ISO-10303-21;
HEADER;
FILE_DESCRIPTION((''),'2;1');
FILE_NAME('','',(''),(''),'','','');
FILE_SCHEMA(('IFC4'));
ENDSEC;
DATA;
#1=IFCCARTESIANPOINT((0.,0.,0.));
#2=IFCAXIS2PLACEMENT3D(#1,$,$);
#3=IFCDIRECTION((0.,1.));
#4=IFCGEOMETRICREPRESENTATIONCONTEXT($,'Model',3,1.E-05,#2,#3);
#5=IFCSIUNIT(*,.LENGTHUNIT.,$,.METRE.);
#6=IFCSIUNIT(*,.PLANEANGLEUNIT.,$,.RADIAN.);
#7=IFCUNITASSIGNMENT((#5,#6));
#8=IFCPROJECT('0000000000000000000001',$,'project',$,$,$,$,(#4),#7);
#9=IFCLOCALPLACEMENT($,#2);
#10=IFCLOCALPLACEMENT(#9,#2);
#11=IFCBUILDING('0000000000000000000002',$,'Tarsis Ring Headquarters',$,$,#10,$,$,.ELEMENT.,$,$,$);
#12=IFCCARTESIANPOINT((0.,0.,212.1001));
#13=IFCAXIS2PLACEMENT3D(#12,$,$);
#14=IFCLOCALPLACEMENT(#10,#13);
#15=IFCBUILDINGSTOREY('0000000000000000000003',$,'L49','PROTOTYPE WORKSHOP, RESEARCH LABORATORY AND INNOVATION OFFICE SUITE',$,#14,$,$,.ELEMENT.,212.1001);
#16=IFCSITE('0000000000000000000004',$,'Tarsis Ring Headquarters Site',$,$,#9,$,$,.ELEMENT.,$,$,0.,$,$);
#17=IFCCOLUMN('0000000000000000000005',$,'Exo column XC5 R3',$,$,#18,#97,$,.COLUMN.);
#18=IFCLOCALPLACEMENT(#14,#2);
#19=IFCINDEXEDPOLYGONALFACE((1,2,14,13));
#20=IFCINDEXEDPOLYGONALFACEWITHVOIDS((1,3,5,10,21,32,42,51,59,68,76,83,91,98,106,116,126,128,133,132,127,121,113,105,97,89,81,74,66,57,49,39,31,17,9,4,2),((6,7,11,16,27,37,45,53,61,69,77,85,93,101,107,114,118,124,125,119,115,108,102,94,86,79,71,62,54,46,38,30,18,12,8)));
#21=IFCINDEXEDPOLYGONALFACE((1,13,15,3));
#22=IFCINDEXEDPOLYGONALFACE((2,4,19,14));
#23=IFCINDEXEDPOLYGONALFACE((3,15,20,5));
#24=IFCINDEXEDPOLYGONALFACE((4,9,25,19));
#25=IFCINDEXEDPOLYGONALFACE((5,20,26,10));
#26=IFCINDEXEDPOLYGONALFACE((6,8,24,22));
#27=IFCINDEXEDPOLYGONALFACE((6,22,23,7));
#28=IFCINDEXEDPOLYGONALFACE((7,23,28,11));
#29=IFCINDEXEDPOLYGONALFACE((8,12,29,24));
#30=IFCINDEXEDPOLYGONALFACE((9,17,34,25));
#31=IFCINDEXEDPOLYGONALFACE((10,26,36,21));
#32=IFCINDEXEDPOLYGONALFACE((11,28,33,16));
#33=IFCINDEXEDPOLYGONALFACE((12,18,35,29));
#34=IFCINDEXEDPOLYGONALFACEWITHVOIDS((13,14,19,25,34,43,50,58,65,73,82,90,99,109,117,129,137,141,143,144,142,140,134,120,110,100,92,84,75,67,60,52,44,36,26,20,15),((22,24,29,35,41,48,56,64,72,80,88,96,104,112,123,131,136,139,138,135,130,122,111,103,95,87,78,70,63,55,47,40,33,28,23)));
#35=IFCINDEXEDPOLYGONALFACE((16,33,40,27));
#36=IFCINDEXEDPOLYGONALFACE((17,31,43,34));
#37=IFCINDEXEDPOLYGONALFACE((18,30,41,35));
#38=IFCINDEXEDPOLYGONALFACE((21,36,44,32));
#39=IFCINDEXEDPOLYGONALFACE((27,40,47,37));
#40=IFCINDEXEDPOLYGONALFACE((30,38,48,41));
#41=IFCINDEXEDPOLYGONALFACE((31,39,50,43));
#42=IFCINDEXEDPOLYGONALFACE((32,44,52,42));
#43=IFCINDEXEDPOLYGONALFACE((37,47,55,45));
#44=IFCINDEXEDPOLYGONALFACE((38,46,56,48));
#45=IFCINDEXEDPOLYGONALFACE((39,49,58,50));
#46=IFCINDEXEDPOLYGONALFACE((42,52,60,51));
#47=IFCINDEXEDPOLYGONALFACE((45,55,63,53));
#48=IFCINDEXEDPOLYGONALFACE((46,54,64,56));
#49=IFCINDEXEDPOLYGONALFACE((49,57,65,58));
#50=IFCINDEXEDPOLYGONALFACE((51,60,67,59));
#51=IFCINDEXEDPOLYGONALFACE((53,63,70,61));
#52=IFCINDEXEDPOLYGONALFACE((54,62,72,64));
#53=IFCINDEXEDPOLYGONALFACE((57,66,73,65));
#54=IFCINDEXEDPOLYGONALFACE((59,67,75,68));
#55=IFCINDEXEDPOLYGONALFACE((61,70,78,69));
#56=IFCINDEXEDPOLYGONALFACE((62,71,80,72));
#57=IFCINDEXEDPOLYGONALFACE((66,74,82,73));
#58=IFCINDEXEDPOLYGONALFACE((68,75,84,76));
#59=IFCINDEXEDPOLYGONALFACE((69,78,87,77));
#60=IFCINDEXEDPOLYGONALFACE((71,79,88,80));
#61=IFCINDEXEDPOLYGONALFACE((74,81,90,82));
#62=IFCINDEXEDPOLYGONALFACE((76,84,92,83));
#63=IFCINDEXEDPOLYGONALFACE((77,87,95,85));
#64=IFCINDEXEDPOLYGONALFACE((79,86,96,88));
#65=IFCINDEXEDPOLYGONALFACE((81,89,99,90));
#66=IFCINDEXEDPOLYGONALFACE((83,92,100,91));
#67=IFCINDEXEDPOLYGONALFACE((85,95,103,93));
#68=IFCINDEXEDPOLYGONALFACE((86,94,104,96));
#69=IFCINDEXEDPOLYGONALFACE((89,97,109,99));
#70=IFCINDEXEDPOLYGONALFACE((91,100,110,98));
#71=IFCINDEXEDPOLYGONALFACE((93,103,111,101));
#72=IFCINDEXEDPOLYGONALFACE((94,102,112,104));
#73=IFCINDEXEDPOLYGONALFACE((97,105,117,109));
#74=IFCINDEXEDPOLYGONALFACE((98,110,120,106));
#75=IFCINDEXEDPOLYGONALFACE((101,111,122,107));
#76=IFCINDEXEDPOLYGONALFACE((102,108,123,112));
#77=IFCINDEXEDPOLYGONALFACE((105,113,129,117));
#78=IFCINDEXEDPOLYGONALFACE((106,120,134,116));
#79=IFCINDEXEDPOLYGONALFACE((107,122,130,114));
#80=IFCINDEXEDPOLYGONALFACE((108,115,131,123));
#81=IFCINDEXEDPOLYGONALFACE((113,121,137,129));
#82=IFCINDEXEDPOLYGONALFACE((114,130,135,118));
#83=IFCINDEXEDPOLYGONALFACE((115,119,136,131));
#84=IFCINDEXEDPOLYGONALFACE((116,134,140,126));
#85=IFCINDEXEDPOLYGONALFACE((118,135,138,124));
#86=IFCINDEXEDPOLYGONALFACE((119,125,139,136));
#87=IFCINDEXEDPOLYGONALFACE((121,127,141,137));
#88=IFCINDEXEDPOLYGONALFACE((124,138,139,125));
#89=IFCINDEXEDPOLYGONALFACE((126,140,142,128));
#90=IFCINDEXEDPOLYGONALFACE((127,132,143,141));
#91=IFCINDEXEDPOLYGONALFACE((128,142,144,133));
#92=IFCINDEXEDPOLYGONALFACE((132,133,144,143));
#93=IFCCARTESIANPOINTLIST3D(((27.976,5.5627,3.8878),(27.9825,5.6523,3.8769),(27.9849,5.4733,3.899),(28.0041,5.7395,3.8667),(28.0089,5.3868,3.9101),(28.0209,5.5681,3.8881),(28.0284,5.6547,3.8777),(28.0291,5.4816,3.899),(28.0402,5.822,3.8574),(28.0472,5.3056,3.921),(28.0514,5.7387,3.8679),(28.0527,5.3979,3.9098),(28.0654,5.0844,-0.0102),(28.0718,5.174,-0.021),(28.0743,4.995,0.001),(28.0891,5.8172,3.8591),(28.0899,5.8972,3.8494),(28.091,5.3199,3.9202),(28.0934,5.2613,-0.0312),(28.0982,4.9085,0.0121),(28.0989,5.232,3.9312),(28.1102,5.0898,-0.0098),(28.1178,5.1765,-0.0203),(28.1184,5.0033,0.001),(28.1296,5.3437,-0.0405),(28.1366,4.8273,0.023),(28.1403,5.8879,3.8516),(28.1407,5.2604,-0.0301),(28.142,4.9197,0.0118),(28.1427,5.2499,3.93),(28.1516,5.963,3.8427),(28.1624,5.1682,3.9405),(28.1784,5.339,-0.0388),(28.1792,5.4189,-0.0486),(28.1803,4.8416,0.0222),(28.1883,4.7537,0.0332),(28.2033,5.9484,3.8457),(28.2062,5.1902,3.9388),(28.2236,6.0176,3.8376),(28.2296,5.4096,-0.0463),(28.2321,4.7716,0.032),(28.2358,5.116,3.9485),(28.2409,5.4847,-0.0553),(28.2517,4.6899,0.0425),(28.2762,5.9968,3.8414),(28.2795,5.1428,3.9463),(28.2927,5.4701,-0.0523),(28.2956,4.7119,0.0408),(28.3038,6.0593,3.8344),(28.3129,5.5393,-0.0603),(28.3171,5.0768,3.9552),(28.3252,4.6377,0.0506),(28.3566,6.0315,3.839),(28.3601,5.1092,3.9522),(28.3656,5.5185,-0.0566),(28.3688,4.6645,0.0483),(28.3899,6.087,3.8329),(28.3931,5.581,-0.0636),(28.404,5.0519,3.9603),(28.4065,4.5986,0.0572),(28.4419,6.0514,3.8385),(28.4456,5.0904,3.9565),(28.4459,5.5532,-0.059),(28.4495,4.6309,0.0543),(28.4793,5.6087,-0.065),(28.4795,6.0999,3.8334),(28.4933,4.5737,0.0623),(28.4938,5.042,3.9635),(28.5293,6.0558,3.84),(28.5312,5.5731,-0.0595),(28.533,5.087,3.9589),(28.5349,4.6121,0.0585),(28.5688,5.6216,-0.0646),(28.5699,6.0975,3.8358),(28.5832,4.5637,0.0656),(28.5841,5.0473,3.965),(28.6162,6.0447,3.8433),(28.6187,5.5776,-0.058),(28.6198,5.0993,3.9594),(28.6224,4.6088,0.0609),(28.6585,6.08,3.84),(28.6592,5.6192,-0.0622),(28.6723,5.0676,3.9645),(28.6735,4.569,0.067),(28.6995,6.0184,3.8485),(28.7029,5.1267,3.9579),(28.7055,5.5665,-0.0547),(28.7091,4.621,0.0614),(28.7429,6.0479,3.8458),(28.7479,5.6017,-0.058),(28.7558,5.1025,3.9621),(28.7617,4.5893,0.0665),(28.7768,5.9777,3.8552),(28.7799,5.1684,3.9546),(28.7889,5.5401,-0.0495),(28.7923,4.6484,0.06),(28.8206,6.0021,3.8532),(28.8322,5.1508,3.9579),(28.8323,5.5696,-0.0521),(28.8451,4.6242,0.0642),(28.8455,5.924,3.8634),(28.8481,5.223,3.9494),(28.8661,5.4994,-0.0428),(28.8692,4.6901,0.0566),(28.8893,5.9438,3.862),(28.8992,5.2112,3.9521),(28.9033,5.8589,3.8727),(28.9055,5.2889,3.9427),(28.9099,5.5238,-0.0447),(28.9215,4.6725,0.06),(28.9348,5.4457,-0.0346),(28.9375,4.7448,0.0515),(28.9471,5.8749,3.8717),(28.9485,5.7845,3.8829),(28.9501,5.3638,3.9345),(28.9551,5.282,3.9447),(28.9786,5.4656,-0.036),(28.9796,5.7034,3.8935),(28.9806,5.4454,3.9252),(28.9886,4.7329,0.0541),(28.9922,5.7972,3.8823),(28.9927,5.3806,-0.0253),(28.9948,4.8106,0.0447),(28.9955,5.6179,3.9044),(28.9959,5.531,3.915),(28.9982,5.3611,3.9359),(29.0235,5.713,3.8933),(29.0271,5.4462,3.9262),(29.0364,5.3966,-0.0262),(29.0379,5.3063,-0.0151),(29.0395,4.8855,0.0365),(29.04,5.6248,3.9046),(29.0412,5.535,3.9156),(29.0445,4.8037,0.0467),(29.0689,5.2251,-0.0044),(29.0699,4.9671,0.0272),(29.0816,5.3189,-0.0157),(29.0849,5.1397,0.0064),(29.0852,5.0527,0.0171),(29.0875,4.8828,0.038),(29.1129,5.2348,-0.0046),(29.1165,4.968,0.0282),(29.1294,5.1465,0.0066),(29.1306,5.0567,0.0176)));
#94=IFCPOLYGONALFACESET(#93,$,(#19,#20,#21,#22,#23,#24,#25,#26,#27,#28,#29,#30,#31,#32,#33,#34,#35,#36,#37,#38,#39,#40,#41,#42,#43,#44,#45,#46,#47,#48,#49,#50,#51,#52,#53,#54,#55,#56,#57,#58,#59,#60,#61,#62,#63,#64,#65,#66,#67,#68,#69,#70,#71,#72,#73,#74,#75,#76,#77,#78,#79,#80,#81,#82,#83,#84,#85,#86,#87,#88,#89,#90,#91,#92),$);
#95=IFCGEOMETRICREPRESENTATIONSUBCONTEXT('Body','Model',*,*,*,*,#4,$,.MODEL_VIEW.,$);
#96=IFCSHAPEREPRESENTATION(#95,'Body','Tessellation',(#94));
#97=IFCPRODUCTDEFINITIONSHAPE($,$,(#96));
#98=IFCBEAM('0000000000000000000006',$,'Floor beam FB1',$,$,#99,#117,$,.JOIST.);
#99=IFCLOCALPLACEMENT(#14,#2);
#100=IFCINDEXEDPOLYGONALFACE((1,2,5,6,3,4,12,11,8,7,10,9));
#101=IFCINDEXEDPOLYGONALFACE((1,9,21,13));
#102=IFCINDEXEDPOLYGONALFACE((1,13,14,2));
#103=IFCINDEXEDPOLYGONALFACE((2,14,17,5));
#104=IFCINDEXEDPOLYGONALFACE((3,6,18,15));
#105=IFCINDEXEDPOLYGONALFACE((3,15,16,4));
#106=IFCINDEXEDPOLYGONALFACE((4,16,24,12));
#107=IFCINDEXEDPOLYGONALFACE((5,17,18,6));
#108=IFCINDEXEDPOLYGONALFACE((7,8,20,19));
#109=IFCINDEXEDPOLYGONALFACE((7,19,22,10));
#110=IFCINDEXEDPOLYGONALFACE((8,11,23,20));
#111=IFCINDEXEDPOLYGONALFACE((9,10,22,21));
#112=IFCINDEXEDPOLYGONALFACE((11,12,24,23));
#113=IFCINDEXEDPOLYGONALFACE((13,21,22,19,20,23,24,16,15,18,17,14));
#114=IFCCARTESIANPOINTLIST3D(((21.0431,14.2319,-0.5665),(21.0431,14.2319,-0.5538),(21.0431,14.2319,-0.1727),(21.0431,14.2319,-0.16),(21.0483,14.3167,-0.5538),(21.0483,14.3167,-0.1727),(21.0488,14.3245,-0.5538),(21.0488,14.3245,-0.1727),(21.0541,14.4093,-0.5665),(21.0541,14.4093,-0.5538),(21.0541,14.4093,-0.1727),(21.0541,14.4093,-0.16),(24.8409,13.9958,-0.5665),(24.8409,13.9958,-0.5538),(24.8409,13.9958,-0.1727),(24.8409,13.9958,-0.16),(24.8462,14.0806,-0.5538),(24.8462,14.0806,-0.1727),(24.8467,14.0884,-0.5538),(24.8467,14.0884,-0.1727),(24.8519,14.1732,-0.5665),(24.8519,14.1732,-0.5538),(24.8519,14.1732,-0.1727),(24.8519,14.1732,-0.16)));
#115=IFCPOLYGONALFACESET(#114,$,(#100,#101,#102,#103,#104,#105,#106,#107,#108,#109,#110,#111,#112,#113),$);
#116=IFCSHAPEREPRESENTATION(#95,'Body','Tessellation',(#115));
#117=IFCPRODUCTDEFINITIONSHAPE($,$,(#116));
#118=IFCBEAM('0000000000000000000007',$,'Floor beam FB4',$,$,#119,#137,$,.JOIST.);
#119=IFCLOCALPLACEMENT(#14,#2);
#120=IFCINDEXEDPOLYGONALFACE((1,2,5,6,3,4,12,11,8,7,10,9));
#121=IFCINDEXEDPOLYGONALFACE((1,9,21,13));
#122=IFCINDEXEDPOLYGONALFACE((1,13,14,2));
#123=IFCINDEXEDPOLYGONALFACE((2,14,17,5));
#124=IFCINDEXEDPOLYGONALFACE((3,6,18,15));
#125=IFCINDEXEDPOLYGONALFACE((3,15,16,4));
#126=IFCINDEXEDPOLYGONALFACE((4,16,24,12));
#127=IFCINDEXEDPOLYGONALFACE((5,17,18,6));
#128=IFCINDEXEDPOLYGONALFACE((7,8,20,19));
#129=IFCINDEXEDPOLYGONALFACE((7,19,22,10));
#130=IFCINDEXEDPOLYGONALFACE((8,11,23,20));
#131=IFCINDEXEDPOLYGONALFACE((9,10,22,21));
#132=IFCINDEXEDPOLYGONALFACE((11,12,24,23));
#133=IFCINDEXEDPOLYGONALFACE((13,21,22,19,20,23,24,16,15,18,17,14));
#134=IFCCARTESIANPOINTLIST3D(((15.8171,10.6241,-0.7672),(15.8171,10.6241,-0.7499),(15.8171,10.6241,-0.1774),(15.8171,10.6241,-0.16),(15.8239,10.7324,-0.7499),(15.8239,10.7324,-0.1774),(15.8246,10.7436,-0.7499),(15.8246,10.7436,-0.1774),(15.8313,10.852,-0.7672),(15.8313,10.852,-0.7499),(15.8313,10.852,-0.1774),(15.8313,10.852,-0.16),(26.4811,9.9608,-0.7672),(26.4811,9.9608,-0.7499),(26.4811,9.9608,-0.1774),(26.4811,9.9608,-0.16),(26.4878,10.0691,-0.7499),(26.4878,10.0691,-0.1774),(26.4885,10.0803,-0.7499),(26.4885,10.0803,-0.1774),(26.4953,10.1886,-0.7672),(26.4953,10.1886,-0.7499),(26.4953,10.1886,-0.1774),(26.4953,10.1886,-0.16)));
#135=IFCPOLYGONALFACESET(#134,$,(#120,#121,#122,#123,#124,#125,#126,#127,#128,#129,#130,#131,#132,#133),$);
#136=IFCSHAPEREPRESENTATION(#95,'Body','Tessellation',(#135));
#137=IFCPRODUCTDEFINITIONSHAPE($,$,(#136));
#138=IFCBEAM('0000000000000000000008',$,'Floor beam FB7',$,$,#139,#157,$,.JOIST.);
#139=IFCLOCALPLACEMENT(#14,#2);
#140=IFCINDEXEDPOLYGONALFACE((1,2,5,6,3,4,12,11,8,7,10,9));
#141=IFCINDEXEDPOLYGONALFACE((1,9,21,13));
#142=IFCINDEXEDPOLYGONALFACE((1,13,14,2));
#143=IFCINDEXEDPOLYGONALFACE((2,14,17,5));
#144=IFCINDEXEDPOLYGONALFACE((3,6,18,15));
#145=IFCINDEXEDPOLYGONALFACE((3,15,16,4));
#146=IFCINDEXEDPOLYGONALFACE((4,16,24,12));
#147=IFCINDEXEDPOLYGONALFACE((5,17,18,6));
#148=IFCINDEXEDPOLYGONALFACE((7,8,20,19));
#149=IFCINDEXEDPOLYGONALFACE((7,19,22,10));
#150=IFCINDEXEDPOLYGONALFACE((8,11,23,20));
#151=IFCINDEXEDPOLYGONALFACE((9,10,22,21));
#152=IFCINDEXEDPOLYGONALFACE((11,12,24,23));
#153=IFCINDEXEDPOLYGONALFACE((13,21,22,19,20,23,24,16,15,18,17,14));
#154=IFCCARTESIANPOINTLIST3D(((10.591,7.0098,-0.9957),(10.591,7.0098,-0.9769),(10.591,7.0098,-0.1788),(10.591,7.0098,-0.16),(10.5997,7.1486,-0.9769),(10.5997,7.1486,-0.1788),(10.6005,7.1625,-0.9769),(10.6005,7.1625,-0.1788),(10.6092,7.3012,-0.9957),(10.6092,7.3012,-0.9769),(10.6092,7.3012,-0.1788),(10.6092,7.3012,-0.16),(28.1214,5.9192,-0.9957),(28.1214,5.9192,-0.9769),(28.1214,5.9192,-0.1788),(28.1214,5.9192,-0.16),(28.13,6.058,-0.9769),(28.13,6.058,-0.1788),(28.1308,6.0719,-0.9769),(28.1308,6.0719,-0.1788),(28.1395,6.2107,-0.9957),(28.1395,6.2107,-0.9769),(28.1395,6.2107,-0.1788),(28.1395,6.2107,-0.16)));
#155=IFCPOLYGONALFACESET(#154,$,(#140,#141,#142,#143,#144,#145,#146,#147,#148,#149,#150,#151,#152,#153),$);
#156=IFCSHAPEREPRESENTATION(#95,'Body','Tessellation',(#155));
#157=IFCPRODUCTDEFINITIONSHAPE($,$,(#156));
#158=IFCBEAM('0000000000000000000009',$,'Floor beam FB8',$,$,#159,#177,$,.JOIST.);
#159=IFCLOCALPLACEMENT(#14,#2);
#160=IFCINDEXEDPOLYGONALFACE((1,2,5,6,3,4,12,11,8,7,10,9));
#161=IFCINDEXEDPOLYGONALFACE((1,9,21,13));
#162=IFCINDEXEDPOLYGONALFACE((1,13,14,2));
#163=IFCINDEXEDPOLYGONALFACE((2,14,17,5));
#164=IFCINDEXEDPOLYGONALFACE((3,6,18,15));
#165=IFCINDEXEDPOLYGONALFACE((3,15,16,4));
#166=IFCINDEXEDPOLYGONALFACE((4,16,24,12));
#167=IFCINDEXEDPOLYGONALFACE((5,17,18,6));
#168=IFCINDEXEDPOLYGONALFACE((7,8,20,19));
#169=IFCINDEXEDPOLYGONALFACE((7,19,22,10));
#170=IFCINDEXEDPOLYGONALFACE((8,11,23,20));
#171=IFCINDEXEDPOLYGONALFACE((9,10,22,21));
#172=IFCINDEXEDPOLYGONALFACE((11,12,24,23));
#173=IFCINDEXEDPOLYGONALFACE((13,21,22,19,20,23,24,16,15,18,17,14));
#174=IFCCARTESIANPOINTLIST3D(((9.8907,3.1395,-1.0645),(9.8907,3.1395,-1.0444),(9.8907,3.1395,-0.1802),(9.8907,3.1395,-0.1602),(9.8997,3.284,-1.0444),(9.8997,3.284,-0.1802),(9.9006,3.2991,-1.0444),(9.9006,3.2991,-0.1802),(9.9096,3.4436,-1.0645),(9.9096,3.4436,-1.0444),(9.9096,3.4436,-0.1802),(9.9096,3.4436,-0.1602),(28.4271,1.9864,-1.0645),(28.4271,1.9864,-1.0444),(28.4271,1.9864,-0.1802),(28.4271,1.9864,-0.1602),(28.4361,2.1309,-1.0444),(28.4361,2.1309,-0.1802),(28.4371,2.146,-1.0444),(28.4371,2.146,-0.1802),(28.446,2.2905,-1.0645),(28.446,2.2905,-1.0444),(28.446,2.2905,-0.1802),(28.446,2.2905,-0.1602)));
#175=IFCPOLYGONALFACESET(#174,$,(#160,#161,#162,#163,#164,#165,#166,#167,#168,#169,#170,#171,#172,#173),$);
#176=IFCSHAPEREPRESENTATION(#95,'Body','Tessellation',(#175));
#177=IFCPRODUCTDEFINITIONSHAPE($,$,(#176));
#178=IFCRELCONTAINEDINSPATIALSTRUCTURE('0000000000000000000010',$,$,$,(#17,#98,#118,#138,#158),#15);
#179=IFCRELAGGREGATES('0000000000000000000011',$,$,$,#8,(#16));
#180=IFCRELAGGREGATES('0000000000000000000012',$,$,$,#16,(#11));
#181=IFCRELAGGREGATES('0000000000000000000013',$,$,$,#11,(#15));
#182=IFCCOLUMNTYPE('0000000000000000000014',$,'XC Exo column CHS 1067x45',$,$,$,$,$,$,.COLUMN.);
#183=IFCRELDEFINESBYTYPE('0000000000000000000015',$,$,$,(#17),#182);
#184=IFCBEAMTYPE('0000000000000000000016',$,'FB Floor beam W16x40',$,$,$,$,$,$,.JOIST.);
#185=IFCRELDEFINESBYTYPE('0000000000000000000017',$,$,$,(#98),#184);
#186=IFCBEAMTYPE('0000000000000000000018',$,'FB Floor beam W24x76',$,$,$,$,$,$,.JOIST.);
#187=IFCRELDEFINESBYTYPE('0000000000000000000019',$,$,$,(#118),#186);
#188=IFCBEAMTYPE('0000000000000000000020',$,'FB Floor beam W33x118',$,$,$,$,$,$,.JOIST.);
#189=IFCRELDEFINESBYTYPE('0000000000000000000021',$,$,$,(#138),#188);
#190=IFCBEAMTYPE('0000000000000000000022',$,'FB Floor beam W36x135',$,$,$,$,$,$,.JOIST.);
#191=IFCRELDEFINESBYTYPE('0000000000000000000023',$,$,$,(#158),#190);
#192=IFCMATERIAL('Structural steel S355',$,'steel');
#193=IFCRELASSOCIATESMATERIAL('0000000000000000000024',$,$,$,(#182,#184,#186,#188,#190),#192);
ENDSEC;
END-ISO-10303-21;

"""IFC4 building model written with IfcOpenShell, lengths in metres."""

from ifc_helpers import new_model, si_unit, direction, frame, origin, origin_2d, place, context, subcontext, project, spatial, hollow_circle, i_section, extrude, material, material_profile, profile_set, type_object, element, save


model = new_model("IFC4")

# Units and contexts
model_context = context("Model", 3, precision=1e-05, world=origin(), true_north=direction((0.0, 1.0)))
body_context = subcontext(model_context, "Body", "Model", "MODEL_VIEW")
ifc_project = project(units=[si_unit("LENGTHUNIT", "METRE"), si_unit("PLANEANGLEUNIT", "RADIAN")], contexts=[model_context])

# Site, building, storey
site_placement = place(None, origin())
site = spatial("IfcSite", under=ifc_project, at=site_placement, Name="Tarsis Ring Headquarters Site", CompositionType="ELEMENT", RefElevation=0.0)
building_placement = place(site_placement, origin())
building = spatial("IfcBuilding", under=site, at=building_placement, Name="Tarsis Ring Headquarters", CompositionType="ELEMENT")
storey_placement = place(building_placement, frame((0.0, 0.0, 212.1001)))
storey = spatial("IfcBuildingStorey", under=building, at=storey_placement, Name="L49", Description="PROTOTYPE WORKSHOP, RESEARCH LABORATORY AND INNOVATION OFFICE SUITE", CompositionType="ELEMENT", Elevation=212.1001)

# Column
ifc_material_1 = material(Name="Structural steel S355", Category="steel")
ifc_material_profile_1 = material_profile(ifc_material_1, hollow_circle(Radius=0.5334, WallThickness=0.0449, at=origin_2d()), Name="CHS 1067x45")
ifc_profile_set_1 = profile_set([ifc_material_profile_1], Name="Structural steel S355")
column_type = type_object("IfcColumnType", Name="XC Exo column CHS 1067x45", PredefinedType="COLUMN", material=ifc_profile_set_1)
column_placement = place(storey_placement, frame((28.5986, 5.093, 0.001), z_axis=(-0.022747, 0.121753, 0.9923), x_axis=(-0.982991, -0.183652, 0.0)))
element("IfcColumn", 1, at=column_placement, inside=storey, type_object=column_type, Name="Exo column XC5 R3", PredefinedType="COLUMN", context=body_context, shape_type="SweptSolid", body=[
    extrude(hollow_circle(Radius=0.5334, WallThickness=0.0449, at=origin_2d()), origin(), (0.0, 0.0, 1.0), 3.9282),
])

# Beams
ifc_material_profile_2 = material_profile(ifc_material_1, i_section(OverallWidth=0.1777, OverallDepth=0.4065, WebThickness=0.0078, FlangeThickness=0.0127, at=origin_2d()), Name="W16x40")
ifc_profile_set_2 = profile_set([ifc_material_profile_2], Name="Structural steel S355")
beam_type_1 = type_object("IfcBeamType", Name="FB Floor beam W16x40", PredefinedType="JOIST", material=ifc_profile_set_2)
beam_1_placement = place(storey_placement, frame((21.0486, 14.3206, -0.3633), z_axis=(0.998073, -0.062043, 0.0), x_axis=(0.062043, 0.998073, 0.0)))
element("IfcBeam", 2, at=beam_1_placement, inside=storey, type_object=beam_type_1, Name="Floor beam FB1", PredefinedType="JOIST", context=body_context, shape_type="SweptSolid", body=[
    extrude(i_section(OverallWidth=0.1777, OverallDepth=0.4065, WebThickness=0.0078, FlangeThickness=0.0127, at=origin_2d()), origin(), (0.0, 0.0, 1.0), 3.8052),
])
ifc_material_profile_3 = material_profile(ifc_material_1, i_section(OverallWidth=0.2283, OverallDepth=0.6072, WebThickness=0.0112, FlangeThickness=0.0173, at=origin_2d()), Name="W24x76")
ifc_profile_set_3 = profile_set([ifc_material_profile_3], Name="Structural steel S355")
beam_type_2 = type_object("IfcBeamType", Name="FB Floor beam W24x76", PredefinedType="JOIST", material=ifc_profile_set_3)
beam_2_placement = place(storey_placement, frame((15.8242, 10.738, -0.4636), z_axis=(0.998071, -0.062082, 0.0), x_axis=(0.062082, 0.998071, 0.0)))
element("IfcBeam", 3, at=beam_2_placement, inside=storey, type_object=beam_type_2, Name="Floor beam FB4", PredefinedType="JOIST", context=body_context, shape_type="SweptSolid", body=[
    extrude(i_section(OverallWidth=0.2283, OverallDepth=0.6072, WebThickness=0.0112, FlangeThickness=0.0173, at=origin_2d()), origin(), (0.0, 0.0, 1.0), 10.6846),
])
ifc_material_profile_4 = material_profile(ifc_material_1, i_section(OverallWidth=0.292, OverallDepth=0.8357, WebThickness=0.0139, FlangeThickness=0.0188, at=origin_2d()), Name="W33x118")
ifc_profile_set_4 = profile_set([ifc_material_profile_4], Name="Structural steel S355")
beam_type_3 = type_object("IfcBeamType", Name="FB Floor beam W33x118", PredefinedType="JOIST", material=ifc_profile_set_4)
beam_3_placement = place(storey_placement, frame((10.6001, 7.1555, -0.5779), z_axis=(0.99807, -0.062091, 0.0), x_axis=(0.062091, 0.99807, 0.0)))
element("IfcBeam", 4, at=beam_3_placement, inside=storey, type_object=beam_type_3, Name="Floor beam FB7", PredefinedType="JOIST", context=body_context, shape_type="SweptSolid", body=[
    extrude(i_section(OverallWidth=0.292, OverallDepth=0.8357, WebThickness=0.0139, FlangeThickness=0.0188, at=origin_2d()), origin(), (0.0, 0.0, 1.0), 17.5642),
])
ifc_material_profile_5 = material_profile(ifc_material_1, i_section(OverallWidth=0.3047, OverallDepth=0.9043, WebThickness=0.0151, FlangeThickness=0.02, at=origin_2d()), Name="W36x135")
ifc_profile_set_5 = profile_set([ifc_material_profile_5], Name="Structural steel S355")
beam_type_4 = type_object("IfcBeamType", Name="FB Floor beam W36x135", PredefinedType="JOIST", material=ifc_profile_set_5)
beam_4_placement = place(storey_placement, frame((9.9001, 3.2915, -0.6123), z_axis=(0.998071, -0.062086, 0.0), x_axis=(0.062086, 0.998071, 0.0)))
element("IfcBeam", 5, at=beam_4_placement, inside=storey, type_object=beam_type_4, Name="Floor beam FB8", PredefinedType="JOIST", context=body_context, shape_type="SweptSolid", body=[
    extrude(i_section(OverallWidth=0.3047, OverallDepth=0.9043, WebThickness=0.0151, FlangeThickness=0.02, at=origin_2d()), origin(), (0.0, 0.0, 1.0), 18.5723),
])

save(model, "model.ifc")
